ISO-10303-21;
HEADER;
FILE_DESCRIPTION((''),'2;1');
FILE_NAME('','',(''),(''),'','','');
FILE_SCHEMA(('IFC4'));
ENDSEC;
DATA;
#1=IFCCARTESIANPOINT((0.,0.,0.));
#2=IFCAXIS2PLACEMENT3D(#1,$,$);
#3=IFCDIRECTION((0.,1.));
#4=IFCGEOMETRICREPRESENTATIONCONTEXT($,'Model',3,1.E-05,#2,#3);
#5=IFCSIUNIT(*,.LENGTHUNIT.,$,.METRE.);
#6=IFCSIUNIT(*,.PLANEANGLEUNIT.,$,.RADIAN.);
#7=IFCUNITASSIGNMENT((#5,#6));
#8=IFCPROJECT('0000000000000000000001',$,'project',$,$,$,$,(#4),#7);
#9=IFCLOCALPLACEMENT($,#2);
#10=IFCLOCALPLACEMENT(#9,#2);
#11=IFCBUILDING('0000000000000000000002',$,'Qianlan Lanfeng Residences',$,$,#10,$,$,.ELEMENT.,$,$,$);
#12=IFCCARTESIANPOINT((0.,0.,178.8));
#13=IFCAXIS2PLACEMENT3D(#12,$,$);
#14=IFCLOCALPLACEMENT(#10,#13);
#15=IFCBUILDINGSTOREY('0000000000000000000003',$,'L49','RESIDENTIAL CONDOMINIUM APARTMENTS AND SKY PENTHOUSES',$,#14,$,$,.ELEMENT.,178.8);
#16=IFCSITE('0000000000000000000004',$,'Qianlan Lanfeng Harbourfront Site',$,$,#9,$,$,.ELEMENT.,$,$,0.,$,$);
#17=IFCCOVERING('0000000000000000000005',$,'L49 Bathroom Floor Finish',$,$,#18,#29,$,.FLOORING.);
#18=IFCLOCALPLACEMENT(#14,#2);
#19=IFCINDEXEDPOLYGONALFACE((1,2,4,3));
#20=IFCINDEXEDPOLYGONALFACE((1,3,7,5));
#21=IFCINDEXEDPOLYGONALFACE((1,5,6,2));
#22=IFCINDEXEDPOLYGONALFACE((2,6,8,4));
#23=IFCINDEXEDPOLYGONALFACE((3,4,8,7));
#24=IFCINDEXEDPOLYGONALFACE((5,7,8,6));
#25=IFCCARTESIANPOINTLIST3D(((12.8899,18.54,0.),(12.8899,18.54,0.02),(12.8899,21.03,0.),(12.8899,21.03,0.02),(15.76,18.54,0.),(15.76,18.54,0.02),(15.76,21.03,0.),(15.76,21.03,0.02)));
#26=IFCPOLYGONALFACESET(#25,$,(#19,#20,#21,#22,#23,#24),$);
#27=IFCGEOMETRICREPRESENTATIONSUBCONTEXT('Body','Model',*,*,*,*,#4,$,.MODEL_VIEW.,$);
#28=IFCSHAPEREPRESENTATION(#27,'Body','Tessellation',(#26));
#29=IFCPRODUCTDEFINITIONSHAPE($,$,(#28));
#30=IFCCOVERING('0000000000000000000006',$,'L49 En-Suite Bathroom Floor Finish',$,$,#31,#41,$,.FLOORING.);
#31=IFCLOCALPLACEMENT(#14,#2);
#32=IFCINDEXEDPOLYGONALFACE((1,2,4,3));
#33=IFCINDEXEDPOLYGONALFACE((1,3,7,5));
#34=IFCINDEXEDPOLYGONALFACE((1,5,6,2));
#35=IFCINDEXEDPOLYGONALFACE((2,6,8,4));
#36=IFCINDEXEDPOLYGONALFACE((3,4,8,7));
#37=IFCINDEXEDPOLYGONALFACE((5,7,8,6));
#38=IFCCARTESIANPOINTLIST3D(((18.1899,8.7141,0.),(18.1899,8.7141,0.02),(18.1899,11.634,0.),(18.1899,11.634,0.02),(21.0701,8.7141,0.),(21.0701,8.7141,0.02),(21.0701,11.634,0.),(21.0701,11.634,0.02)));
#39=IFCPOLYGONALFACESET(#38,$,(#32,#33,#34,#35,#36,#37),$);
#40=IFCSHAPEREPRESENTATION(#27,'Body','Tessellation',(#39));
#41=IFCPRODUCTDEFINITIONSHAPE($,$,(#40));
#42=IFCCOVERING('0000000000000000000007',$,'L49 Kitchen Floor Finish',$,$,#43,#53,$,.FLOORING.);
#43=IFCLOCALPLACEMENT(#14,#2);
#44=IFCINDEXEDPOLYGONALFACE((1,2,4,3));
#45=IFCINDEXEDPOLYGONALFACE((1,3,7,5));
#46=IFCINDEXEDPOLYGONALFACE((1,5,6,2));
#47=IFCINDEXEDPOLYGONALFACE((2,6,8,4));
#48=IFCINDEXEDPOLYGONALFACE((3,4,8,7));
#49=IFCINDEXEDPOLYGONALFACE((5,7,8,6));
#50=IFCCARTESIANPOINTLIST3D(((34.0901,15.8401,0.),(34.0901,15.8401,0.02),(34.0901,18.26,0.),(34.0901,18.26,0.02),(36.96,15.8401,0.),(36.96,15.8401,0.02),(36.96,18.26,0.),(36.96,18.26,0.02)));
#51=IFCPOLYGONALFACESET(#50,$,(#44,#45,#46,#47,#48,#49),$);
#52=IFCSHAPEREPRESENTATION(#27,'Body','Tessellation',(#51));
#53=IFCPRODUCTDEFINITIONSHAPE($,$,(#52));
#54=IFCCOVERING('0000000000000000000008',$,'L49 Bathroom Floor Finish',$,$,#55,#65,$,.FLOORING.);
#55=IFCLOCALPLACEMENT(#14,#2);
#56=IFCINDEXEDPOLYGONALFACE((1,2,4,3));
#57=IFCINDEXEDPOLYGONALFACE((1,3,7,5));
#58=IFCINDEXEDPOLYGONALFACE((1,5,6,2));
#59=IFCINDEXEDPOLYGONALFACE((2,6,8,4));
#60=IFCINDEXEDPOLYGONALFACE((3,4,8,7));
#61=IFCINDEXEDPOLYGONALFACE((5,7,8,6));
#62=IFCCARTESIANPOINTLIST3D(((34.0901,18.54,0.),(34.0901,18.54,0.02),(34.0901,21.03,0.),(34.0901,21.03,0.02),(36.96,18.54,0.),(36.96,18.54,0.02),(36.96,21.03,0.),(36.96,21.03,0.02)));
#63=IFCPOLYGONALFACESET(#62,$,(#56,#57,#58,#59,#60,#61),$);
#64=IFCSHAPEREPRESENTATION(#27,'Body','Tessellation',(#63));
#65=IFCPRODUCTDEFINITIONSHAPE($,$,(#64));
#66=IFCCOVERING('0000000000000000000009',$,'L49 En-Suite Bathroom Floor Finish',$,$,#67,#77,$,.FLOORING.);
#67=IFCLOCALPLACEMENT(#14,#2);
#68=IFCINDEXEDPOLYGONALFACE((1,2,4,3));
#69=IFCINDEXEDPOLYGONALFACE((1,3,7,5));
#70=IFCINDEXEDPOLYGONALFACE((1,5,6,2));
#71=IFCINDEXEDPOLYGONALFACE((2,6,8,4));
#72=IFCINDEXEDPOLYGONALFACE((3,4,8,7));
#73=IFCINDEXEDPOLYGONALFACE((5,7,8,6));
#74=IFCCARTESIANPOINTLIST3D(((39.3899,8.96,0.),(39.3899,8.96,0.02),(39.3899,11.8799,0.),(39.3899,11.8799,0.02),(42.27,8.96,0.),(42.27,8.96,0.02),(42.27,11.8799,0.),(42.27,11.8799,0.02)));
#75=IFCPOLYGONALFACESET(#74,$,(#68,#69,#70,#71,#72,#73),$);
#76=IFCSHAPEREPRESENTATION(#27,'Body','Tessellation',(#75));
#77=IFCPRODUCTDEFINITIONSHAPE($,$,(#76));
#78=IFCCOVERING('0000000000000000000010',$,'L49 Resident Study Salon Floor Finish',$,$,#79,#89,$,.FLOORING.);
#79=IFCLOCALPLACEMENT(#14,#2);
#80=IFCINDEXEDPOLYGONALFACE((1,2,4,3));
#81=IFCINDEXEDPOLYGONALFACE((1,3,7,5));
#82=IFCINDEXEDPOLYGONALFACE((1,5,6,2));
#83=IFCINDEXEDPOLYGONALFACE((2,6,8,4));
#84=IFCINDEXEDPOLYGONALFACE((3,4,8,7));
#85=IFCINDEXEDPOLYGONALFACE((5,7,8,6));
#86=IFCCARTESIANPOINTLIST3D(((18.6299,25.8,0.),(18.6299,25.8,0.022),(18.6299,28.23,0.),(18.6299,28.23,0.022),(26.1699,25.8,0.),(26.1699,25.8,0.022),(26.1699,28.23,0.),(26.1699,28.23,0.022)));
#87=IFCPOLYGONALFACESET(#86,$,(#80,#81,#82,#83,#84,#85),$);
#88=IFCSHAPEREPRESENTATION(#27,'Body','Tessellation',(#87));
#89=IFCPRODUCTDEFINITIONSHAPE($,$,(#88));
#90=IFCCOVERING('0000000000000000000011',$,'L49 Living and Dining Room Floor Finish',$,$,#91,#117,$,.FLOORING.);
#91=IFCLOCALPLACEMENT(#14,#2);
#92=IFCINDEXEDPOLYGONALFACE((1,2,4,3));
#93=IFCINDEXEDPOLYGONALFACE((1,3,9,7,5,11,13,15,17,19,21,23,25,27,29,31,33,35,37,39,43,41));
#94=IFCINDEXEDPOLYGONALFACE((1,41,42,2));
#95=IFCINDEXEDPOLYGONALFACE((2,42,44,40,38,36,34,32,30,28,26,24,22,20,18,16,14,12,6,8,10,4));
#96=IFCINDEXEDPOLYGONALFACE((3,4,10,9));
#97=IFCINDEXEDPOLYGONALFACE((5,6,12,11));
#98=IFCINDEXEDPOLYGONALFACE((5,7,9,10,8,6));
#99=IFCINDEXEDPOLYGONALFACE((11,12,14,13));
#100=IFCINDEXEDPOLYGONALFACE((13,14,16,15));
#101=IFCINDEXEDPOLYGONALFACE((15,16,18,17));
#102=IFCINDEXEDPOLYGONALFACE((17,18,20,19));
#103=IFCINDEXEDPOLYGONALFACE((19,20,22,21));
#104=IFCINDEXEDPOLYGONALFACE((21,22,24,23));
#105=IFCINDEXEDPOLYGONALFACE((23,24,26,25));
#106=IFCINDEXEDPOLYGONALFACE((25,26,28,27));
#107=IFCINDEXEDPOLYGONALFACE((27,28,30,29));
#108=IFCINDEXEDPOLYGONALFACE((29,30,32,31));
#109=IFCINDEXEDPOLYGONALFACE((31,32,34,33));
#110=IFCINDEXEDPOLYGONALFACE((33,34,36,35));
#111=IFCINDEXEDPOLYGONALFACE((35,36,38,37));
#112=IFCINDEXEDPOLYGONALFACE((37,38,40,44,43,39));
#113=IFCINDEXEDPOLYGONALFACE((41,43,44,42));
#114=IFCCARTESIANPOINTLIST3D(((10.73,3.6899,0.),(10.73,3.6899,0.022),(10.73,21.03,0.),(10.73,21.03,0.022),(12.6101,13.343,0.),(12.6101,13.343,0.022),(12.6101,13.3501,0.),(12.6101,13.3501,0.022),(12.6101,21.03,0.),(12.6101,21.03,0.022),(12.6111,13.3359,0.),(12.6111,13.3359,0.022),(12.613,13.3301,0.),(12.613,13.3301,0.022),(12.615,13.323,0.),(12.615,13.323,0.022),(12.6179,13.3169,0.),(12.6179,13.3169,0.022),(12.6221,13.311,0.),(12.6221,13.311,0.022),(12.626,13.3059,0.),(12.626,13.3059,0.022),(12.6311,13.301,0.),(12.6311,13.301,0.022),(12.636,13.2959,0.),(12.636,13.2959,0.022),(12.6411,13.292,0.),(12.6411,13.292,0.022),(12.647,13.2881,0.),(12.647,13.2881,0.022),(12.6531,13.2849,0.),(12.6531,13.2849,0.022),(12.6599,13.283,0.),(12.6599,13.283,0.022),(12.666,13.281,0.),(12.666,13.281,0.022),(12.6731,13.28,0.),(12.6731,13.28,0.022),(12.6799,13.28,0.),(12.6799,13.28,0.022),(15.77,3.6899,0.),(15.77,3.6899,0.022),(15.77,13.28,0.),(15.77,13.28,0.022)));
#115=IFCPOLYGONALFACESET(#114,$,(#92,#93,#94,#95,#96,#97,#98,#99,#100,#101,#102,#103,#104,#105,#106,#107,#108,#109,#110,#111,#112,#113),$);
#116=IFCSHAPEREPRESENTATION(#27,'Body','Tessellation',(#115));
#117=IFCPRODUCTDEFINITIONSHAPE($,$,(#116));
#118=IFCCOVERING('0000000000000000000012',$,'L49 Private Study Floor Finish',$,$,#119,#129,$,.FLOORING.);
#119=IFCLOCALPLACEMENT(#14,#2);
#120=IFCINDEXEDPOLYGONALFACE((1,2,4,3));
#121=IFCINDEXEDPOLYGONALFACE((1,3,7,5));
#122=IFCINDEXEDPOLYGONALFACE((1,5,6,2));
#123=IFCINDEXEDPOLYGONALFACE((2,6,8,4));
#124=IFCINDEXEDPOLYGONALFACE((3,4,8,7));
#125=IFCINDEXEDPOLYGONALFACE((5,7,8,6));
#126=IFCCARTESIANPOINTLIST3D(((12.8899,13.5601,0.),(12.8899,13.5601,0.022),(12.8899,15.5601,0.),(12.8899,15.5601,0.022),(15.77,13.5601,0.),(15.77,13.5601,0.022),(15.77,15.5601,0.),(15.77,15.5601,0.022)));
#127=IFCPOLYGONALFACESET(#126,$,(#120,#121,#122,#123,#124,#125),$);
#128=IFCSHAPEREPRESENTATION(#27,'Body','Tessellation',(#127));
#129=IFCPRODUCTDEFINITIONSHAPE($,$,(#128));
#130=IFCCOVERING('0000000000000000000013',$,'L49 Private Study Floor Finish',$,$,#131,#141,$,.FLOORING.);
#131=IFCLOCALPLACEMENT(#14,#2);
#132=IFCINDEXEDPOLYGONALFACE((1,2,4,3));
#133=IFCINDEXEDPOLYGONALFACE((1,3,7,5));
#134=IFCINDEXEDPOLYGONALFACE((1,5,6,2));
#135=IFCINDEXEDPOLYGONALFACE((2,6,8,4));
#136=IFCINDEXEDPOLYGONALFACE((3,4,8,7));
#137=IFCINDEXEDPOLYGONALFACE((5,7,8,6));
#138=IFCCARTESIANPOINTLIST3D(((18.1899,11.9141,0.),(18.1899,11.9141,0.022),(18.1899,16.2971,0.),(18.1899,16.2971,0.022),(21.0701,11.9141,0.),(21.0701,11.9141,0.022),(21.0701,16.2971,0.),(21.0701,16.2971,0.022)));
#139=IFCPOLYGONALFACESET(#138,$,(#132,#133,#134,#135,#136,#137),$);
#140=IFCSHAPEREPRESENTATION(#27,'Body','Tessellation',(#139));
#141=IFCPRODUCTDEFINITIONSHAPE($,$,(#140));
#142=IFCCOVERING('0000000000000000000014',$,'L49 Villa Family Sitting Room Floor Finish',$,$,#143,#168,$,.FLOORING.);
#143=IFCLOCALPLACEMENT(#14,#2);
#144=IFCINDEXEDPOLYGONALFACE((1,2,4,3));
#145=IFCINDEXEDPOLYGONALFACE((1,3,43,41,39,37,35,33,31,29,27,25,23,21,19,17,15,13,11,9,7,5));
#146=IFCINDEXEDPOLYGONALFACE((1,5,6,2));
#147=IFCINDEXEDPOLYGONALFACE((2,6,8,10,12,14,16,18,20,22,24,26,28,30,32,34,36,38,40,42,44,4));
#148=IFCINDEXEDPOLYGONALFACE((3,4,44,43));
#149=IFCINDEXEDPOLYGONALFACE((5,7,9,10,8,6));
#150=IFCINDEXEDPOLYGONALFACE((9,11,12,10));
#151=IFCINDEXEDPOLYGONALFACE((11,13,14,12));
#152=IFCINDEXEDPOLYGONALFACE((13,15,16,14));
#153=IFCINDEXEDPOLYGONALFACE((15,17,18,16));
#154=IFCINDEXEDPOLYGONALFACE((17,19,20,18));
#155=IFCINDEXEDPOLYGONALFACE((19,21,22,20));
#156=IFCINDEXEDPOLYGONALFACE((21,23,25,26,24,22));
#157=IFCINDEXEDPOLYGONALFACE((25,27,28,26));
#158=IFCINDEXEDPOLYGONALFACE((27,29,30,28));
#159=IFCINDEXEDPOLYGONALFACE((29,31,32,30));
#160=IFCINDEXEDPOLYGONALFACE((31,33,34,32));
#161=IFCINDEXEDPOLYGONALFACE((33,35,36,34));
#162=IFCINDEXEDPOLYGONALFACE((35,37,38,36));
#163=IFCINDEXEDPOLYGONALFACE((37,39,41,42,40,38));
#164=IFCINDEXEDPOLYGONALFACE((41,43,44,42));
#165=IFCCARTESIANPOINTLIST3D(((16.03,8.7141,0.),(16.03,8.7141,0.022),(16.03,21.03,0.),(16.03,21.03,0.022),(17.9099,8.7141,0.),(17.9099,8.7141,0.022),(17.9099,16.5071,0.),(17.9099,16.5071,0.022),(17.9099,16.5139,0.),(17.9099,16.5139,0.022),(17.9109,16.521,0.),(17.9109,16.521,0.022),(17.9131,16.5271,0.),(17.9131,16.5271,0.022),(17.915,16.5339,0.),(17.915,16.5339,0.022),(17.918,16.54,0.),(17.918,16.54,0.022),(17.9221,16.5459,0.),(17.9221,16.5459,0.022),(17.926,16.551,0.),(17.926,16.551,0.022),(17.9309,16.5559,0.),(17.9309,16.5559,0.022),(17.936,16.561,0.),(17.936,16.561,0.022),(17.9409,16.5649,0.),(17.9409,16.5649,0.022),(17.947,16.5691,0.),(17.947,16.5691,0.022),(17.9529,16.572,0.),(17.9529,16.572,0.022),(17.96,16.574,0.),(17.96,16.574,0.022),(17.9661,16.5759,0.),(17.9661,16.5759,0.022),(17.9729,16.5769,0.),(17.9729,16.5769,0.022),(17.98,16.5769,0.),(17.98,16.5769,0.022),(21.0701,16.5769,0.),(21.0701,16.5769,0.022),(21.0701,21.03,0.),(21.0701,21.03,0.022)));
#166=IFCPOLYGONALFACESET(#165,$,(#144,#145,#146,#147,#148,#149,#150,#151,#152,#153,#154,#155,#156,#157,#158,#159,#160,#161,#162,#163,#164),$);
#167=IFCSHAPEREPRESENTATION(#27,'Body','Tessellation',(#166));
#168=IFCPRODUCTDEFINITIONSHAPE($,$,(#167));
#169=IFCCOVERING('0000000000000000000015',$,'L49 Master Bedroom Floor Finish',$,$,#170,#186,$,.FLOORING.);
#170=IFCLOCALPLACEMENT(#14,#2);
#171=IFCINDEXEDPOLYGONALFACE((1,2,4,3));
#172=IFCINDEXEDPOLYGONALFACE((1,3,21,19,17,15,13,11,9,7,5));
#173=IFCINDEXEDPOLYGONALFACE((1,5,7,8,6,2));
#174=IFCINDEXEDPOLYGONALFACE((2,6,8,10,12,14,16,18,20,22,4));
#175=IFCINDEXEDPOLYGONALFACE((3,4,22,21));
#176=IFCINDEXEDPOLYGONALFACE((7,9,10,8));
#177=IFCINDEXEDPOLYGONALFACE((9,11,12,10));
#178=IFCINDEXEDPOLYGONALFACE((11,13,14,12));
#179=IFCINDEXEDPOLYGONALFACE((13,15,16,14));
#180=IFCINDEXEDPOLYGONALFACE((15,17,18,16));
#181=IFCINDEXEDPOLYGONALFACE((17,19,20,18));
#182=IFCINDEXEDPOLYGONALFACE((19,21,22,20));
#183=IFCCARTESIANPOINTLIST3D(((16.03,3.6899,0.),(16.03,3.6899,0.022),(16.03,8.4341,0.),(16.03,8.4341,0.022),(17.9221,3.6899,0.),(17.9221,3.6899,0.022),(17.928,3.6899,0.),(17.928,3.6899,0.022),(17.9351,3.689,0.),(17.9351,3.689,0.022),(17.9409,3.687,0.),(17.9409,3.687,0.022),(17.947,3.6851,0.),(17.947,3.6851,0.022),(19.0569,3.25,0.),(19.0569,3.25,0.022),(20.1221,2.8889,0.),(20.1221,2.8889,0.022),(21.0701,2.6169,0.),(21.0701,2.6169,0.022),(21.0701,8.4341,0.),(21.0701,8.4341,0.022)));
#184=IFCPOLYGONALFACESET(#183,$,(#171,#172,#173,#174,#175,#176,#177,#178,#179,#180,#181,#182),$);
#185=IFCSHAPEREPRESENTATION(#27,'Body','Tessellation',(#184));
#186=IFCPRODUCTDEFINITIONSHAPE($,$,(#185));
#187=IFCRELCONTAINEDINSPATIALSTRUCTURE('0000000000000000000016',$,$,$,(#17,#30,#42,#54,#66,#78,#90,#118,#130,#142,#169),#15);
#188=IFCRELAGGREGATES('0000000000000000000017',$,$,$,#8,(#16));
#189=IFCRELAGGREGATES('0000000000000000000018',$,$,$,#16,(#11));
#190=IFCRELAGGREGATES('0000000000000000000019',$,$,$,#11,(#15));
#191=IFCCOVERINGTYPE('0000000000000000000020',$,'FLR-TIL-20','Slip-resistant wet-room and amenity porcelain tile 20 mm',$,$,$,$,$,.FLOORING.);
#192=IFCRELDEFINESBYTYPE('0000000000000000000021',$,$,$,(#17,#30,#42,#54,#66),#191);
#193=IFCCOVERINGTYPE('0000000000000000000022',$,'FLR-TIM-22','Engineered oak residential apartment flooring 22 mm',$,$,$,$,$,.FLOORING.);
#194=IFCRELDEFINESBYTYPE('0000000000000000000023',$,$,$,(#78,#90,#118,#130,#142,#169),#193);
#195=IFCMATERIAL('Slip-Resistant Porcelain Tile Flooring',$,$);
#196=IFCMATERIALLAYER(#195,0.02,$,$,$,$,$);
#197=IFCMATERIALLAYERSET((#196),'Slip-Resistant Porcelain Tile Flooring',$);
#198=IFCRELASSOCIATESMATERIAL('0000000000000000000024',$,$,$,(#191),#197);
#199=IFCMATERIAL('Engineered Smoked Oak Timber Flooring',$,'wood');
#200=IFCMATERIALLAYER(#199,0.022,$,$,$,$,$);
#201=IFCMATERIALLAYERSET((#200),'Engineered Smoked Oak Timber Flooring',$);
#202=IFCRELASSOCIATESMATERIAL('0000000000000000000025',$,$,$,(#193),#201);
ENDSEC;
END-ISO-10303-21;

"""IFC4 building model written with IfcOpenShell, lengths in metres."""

from ifc_helpers import new_model, si_unit, direction, frame, origin, place, context, subcontext, project, spatial, polyline, outline, extrude, material, layer, layer_set, type_object, element, save


model = new_model("IFC4")

# Units and contexts
model_context = context("Model", 3, precision=1e-05, world=origin(), true_north=direction((0.0, 1.0)))
body_context = subcontext(model_context, "Body", "Model", "MODEL_VIEW")
ifc_project = project(units=[si_unit("LENGTHUNIT", "METRE"), si_unit("PLANEANGLEUNIT", "RADIAN")], contexts=[model_context])

# Site, building, storey
site_placement = place(None, origin())
site = spatial("IfcSite", under=ifc_project, at=site_placement, Name="Qianlan Lanfeng Harbourfront Site", CompositionType="ELEMENT", RefElevation=0.0)
building_placement = place(site_placement, origin())
building = spatial("IfcBuilding", under=site, at=building_placement, Name="Qianlan Lanfeng Residences", CompositionType="ELEMENT")
storey_placement = place(building_placement, frame((0.0, 0.0, 178.8)))
storey = spatial("IfcBuildingStorey", under=building, at=storey_placement, Name="L49", Description="RESIDENTIAL CONDOMINIUM APARTMENTS AND SKY PENTHOUSES", CompositionType="ELEMENT", Elevation=178.8)

# Coverings
ifc_material_1 = material(Name="Slip-Resistant Porcelain Tile Flooring")
ifc_layer_1 = layer(ifc_material_1, 0.02)
ifc_layer_set_1 = layer_set([ifc_layer_1], Name="Slip-Resistant Porcelain Tile Flooring")
covering_type_1 = type_object("IfcCoveringType", Name="FLR-TIL-20", Description="Slip-resistant wet-room and amenity porcelain tile 20 mm", PredefinedType="FLOORING", material=ifc_layer_set_1)
covering_1_placement = place(storey_placement, origin())
element("IfcCovering", 1, at=covering_1_placement, inside=storey, type_object=covering_type_1, Name="L49 Bathroom Floor Finish", PredefinedType="FLOORING", context=body_context, shape_type="SweptSolid", body=[
    extrude(outline(polyline([(12.8899, 18.54), (15.76, 18.54), (15.76, 21.03), (12.8899, 21.03), (12.8899, 18.54)])), origin(), (0.0, 0.0, 1.0), 0.02),
])
covering_2_placement = place(storey_placement, origin())
element("IfcCovering", 2, at=covering_2_placement, inside=storey, type_object=covering_type_1, Name="L49 En-Suite Bathroom Floor Finish", PredefinedType="FLOORING", context=body_context, shape_type="SweptSolid", body=[
    extrude(outline(polyline([(18.1899, 8.7141), (21.0701, 8.7141), (21.0701, 11.634), (18.1899, 11.634), (18.1899, 8.7141)])), origin(), (0.0, 0.0, 1.0), 0.02),
])
covering_3_placement = place(storey_placement, origin())
element("IfcCovering", 3, at=covering_3_placement, inside=storey, type_object=covering_type_1, Name="L49 Kitchen Floor Finish", PredefinedType="FLOORING", context=body_context, shape_type="SweptSolid", body=[
    extrude(outline(polyline([(34.0901, 15.8401), (36.96, 15.8401), (36.96, 18.26), (34.0901, 18.26), (34.0901, 15.8401)])), origin(), (0.0, 0.0, 1.0), 0.02),
])
covering_4_placement = place(storey_placement, origin())
element("IfcCovering", 4, at=covering_4_placement, inside=storey, type_object=covering_type_1, Name="L49 Bathroom Floor Finish", PredefinedType="FLOORING", context=body_context, shape_type="SweptSolid", body=[
    extrude(outline(polyline([(34.0901, 18.54), (36.96, 18.54), (36.96, 21.03), (34.0901, 21.03), (34.0901, 18.54)])), origin(), (0.0, 0.0, 1.0), 0.02),
])
covering_5_placement = place(storey_placement, origin())
element("IfcCovering", 5, at=covering_5_placement, inside=storey, type_object=covering_type_1, Name="L49 En-Suite Bathroom Floor Finish", PredefinedType="FLOORING", context=body_context, shape_type="SweptSolid", body=[
    extrude(outline(polyline([(39.3899, 8.96), (42.27, 8.96), (42.27, 11.8799), (39.3899, 11.8799), (39.3899, 8.96)])), origin(), (0.0, 0.0, 1.0), 0.02),
])
ifc_material_2 = material(Name="Engineered Smoked Oak Timber Flooring", Category="wood")
ifc_layer_2 = layer(ifc_material_2, 0.022)
ifc_layer_set_2 = layer_set([ifc_layer_2], Name="Engineered Smoked Oak Timber Flooring")
covering_type_2 = type_object("IfcCoveringType", Name="FLR-TIM-22", Description="Engineered oak residential apartment flooring 22 mm", PredefinedType="FLOORING", material=ifc_layer_set_2)
covering_6_placement = place(storey_placement, origin())
element("IfcCovering", 6, at=covering_6_placement, inside=storey, type_object=covering_type_2, Name="L49 Resident Study Salon Floor Finish", PredefinedType="FLOORING", context=body_context, shape_type="SweptSolid", body=[
    extrude(outline(polyline([(18.6299, 25.8), (26.1699, 25.8), (26.1699, 28.23), (18.6299, 28.23), (18.6299, 25.8)])), origin(), (0.0, 0.0, 1.0), 0.022),
])
covering_7_placement = place(storey_placement, origin())
element("IfcCovering", 7, at=covering_7_placement, inside=storey, type_object=covering_type_2, Name="L49 Living and Dining Room Floor Finish", PredefinedType="FLOORING", context=body_context, shape_type="SweptSolid", body=[
    extrude(outline(polyline([(15.77, 3.6899), (15.77, 13.28), (12.6799, 13.28), (12.6731, 13.28), (12.666, 13.281), (12.6599, 13.283), (12.6531, 13.2849), (12.647, 13.2881), (12.6411, 13.292), (12.636, 13.2959), (12.6311, 13.301), (12.626, 13.3059), (12.6221, 13.311), (12.6179, 13.3169), (12.615, 13.323), (12.613, 13.3301), (12.6111, 13.3359), (12.6101, 13.343), (12.6101, 13.3501), (12.6101, 21.03), (10.73, 21.03), (10.73, 3.6899), (15.77, 3.6899)])), origin(), (0.0, 0.0, 1.0), 0.022),
])
covering_8_placement = place(storey_placement, origin())
element("IfcCovering", 8, at=covering_8_placement, inside=storey, type_object=covering_type_2, Name="L49 Private Study Floor Finish", PredefinedType="FLOORING", context=body_context, shape_type="SweptSolid", body=[
    extrude(outline(polyline([(12.8899, 15.5601), (12.8899, 13.5601), (15.77, 13.5601), (15.77, 15.5601), (12.8899, 15.5601)])), origin(), (0.0, 0.0, 1.0), 0.022),
])
covering_9_placement = place(storey_placement, origin())
element("IfcCovering", 9, at=covering_9_placement, inside=storey, type_object=covering_type_2, Name="L49 Private Study Floor Finish", PredefinedType="FLOORING", context=body_context, shape_type="SweptSolid", body=[
    extrude(outline(polyline([(18.1899, 11.9141), (21.0701, 11.9141), (21.0701, 16.2971), (18.1899, 16.2971), (18.1899, 11.9141)])), origin(), (0.0, 0.0, 1.0), 0.022),
])
covering_10_placement = place(storey_placement, origin())
element("IfcCovering", 10, at=covering_10_placement, inside=storey, type_object=covering_type_2, Name="L49 Villa Family Sitting Room Floor Finish", PredefinedType="FLOORING", context=body_context, shape_type="SweptSolid", body=[
    extrude(outline(polyline([(16.03, 8.7141), (17.9099, 8.7141), (17.9099, 16.5071), (17.9099, 16.5139), (17.9109, 16.521), (17.9131, 16.5271), (17.915, 16.5339), (17.918, 16.54), (17.9221, 16.5459), (17.926, 16.551), (17.9309, 16.5559), (17.936, 16.561), (17.9409, 16.5649), (17.947, 16.5691), (17.9529, 16.572), (17.96, 16.574), (17.9661, 16.5759), (17.9729, 16.5769), (17.98, 16.5769), (21.0701, 16.5769), (21.0701, 21.03), (16.03, 21.03), (16.03, 8.7141)])), origin(), (0.0, 0.0, 1.0), 0.022),
])
covering_11_placement = place(storey_placement, origin())
element("IfcCovering", 11, at=covering_11_placement, inside=storey, type_object=covering_type_2, Name="L49 Master Bedroom Floor Finish", PredefinedType="FLOORING", context=body_context, shape_type="SweptSolid", body=[
    extrude(outline(polyline([(16.03, 8.4341), (16.03, 3.6899), (17.9221, 3.6899), (17.928, 3.6899), (17.9351, 3.689), (17.9409, 3.687), (17.947, 3.6851), (19.0569, 3.25), (20.1221, 2.8889), (21.0701, 2.6169), (21.0701, 8.4341), (16.03, 8.4341)])), origin(), (0.0, 0.0, 1.0), 0.022),
])

save(model, "model.ifc")
